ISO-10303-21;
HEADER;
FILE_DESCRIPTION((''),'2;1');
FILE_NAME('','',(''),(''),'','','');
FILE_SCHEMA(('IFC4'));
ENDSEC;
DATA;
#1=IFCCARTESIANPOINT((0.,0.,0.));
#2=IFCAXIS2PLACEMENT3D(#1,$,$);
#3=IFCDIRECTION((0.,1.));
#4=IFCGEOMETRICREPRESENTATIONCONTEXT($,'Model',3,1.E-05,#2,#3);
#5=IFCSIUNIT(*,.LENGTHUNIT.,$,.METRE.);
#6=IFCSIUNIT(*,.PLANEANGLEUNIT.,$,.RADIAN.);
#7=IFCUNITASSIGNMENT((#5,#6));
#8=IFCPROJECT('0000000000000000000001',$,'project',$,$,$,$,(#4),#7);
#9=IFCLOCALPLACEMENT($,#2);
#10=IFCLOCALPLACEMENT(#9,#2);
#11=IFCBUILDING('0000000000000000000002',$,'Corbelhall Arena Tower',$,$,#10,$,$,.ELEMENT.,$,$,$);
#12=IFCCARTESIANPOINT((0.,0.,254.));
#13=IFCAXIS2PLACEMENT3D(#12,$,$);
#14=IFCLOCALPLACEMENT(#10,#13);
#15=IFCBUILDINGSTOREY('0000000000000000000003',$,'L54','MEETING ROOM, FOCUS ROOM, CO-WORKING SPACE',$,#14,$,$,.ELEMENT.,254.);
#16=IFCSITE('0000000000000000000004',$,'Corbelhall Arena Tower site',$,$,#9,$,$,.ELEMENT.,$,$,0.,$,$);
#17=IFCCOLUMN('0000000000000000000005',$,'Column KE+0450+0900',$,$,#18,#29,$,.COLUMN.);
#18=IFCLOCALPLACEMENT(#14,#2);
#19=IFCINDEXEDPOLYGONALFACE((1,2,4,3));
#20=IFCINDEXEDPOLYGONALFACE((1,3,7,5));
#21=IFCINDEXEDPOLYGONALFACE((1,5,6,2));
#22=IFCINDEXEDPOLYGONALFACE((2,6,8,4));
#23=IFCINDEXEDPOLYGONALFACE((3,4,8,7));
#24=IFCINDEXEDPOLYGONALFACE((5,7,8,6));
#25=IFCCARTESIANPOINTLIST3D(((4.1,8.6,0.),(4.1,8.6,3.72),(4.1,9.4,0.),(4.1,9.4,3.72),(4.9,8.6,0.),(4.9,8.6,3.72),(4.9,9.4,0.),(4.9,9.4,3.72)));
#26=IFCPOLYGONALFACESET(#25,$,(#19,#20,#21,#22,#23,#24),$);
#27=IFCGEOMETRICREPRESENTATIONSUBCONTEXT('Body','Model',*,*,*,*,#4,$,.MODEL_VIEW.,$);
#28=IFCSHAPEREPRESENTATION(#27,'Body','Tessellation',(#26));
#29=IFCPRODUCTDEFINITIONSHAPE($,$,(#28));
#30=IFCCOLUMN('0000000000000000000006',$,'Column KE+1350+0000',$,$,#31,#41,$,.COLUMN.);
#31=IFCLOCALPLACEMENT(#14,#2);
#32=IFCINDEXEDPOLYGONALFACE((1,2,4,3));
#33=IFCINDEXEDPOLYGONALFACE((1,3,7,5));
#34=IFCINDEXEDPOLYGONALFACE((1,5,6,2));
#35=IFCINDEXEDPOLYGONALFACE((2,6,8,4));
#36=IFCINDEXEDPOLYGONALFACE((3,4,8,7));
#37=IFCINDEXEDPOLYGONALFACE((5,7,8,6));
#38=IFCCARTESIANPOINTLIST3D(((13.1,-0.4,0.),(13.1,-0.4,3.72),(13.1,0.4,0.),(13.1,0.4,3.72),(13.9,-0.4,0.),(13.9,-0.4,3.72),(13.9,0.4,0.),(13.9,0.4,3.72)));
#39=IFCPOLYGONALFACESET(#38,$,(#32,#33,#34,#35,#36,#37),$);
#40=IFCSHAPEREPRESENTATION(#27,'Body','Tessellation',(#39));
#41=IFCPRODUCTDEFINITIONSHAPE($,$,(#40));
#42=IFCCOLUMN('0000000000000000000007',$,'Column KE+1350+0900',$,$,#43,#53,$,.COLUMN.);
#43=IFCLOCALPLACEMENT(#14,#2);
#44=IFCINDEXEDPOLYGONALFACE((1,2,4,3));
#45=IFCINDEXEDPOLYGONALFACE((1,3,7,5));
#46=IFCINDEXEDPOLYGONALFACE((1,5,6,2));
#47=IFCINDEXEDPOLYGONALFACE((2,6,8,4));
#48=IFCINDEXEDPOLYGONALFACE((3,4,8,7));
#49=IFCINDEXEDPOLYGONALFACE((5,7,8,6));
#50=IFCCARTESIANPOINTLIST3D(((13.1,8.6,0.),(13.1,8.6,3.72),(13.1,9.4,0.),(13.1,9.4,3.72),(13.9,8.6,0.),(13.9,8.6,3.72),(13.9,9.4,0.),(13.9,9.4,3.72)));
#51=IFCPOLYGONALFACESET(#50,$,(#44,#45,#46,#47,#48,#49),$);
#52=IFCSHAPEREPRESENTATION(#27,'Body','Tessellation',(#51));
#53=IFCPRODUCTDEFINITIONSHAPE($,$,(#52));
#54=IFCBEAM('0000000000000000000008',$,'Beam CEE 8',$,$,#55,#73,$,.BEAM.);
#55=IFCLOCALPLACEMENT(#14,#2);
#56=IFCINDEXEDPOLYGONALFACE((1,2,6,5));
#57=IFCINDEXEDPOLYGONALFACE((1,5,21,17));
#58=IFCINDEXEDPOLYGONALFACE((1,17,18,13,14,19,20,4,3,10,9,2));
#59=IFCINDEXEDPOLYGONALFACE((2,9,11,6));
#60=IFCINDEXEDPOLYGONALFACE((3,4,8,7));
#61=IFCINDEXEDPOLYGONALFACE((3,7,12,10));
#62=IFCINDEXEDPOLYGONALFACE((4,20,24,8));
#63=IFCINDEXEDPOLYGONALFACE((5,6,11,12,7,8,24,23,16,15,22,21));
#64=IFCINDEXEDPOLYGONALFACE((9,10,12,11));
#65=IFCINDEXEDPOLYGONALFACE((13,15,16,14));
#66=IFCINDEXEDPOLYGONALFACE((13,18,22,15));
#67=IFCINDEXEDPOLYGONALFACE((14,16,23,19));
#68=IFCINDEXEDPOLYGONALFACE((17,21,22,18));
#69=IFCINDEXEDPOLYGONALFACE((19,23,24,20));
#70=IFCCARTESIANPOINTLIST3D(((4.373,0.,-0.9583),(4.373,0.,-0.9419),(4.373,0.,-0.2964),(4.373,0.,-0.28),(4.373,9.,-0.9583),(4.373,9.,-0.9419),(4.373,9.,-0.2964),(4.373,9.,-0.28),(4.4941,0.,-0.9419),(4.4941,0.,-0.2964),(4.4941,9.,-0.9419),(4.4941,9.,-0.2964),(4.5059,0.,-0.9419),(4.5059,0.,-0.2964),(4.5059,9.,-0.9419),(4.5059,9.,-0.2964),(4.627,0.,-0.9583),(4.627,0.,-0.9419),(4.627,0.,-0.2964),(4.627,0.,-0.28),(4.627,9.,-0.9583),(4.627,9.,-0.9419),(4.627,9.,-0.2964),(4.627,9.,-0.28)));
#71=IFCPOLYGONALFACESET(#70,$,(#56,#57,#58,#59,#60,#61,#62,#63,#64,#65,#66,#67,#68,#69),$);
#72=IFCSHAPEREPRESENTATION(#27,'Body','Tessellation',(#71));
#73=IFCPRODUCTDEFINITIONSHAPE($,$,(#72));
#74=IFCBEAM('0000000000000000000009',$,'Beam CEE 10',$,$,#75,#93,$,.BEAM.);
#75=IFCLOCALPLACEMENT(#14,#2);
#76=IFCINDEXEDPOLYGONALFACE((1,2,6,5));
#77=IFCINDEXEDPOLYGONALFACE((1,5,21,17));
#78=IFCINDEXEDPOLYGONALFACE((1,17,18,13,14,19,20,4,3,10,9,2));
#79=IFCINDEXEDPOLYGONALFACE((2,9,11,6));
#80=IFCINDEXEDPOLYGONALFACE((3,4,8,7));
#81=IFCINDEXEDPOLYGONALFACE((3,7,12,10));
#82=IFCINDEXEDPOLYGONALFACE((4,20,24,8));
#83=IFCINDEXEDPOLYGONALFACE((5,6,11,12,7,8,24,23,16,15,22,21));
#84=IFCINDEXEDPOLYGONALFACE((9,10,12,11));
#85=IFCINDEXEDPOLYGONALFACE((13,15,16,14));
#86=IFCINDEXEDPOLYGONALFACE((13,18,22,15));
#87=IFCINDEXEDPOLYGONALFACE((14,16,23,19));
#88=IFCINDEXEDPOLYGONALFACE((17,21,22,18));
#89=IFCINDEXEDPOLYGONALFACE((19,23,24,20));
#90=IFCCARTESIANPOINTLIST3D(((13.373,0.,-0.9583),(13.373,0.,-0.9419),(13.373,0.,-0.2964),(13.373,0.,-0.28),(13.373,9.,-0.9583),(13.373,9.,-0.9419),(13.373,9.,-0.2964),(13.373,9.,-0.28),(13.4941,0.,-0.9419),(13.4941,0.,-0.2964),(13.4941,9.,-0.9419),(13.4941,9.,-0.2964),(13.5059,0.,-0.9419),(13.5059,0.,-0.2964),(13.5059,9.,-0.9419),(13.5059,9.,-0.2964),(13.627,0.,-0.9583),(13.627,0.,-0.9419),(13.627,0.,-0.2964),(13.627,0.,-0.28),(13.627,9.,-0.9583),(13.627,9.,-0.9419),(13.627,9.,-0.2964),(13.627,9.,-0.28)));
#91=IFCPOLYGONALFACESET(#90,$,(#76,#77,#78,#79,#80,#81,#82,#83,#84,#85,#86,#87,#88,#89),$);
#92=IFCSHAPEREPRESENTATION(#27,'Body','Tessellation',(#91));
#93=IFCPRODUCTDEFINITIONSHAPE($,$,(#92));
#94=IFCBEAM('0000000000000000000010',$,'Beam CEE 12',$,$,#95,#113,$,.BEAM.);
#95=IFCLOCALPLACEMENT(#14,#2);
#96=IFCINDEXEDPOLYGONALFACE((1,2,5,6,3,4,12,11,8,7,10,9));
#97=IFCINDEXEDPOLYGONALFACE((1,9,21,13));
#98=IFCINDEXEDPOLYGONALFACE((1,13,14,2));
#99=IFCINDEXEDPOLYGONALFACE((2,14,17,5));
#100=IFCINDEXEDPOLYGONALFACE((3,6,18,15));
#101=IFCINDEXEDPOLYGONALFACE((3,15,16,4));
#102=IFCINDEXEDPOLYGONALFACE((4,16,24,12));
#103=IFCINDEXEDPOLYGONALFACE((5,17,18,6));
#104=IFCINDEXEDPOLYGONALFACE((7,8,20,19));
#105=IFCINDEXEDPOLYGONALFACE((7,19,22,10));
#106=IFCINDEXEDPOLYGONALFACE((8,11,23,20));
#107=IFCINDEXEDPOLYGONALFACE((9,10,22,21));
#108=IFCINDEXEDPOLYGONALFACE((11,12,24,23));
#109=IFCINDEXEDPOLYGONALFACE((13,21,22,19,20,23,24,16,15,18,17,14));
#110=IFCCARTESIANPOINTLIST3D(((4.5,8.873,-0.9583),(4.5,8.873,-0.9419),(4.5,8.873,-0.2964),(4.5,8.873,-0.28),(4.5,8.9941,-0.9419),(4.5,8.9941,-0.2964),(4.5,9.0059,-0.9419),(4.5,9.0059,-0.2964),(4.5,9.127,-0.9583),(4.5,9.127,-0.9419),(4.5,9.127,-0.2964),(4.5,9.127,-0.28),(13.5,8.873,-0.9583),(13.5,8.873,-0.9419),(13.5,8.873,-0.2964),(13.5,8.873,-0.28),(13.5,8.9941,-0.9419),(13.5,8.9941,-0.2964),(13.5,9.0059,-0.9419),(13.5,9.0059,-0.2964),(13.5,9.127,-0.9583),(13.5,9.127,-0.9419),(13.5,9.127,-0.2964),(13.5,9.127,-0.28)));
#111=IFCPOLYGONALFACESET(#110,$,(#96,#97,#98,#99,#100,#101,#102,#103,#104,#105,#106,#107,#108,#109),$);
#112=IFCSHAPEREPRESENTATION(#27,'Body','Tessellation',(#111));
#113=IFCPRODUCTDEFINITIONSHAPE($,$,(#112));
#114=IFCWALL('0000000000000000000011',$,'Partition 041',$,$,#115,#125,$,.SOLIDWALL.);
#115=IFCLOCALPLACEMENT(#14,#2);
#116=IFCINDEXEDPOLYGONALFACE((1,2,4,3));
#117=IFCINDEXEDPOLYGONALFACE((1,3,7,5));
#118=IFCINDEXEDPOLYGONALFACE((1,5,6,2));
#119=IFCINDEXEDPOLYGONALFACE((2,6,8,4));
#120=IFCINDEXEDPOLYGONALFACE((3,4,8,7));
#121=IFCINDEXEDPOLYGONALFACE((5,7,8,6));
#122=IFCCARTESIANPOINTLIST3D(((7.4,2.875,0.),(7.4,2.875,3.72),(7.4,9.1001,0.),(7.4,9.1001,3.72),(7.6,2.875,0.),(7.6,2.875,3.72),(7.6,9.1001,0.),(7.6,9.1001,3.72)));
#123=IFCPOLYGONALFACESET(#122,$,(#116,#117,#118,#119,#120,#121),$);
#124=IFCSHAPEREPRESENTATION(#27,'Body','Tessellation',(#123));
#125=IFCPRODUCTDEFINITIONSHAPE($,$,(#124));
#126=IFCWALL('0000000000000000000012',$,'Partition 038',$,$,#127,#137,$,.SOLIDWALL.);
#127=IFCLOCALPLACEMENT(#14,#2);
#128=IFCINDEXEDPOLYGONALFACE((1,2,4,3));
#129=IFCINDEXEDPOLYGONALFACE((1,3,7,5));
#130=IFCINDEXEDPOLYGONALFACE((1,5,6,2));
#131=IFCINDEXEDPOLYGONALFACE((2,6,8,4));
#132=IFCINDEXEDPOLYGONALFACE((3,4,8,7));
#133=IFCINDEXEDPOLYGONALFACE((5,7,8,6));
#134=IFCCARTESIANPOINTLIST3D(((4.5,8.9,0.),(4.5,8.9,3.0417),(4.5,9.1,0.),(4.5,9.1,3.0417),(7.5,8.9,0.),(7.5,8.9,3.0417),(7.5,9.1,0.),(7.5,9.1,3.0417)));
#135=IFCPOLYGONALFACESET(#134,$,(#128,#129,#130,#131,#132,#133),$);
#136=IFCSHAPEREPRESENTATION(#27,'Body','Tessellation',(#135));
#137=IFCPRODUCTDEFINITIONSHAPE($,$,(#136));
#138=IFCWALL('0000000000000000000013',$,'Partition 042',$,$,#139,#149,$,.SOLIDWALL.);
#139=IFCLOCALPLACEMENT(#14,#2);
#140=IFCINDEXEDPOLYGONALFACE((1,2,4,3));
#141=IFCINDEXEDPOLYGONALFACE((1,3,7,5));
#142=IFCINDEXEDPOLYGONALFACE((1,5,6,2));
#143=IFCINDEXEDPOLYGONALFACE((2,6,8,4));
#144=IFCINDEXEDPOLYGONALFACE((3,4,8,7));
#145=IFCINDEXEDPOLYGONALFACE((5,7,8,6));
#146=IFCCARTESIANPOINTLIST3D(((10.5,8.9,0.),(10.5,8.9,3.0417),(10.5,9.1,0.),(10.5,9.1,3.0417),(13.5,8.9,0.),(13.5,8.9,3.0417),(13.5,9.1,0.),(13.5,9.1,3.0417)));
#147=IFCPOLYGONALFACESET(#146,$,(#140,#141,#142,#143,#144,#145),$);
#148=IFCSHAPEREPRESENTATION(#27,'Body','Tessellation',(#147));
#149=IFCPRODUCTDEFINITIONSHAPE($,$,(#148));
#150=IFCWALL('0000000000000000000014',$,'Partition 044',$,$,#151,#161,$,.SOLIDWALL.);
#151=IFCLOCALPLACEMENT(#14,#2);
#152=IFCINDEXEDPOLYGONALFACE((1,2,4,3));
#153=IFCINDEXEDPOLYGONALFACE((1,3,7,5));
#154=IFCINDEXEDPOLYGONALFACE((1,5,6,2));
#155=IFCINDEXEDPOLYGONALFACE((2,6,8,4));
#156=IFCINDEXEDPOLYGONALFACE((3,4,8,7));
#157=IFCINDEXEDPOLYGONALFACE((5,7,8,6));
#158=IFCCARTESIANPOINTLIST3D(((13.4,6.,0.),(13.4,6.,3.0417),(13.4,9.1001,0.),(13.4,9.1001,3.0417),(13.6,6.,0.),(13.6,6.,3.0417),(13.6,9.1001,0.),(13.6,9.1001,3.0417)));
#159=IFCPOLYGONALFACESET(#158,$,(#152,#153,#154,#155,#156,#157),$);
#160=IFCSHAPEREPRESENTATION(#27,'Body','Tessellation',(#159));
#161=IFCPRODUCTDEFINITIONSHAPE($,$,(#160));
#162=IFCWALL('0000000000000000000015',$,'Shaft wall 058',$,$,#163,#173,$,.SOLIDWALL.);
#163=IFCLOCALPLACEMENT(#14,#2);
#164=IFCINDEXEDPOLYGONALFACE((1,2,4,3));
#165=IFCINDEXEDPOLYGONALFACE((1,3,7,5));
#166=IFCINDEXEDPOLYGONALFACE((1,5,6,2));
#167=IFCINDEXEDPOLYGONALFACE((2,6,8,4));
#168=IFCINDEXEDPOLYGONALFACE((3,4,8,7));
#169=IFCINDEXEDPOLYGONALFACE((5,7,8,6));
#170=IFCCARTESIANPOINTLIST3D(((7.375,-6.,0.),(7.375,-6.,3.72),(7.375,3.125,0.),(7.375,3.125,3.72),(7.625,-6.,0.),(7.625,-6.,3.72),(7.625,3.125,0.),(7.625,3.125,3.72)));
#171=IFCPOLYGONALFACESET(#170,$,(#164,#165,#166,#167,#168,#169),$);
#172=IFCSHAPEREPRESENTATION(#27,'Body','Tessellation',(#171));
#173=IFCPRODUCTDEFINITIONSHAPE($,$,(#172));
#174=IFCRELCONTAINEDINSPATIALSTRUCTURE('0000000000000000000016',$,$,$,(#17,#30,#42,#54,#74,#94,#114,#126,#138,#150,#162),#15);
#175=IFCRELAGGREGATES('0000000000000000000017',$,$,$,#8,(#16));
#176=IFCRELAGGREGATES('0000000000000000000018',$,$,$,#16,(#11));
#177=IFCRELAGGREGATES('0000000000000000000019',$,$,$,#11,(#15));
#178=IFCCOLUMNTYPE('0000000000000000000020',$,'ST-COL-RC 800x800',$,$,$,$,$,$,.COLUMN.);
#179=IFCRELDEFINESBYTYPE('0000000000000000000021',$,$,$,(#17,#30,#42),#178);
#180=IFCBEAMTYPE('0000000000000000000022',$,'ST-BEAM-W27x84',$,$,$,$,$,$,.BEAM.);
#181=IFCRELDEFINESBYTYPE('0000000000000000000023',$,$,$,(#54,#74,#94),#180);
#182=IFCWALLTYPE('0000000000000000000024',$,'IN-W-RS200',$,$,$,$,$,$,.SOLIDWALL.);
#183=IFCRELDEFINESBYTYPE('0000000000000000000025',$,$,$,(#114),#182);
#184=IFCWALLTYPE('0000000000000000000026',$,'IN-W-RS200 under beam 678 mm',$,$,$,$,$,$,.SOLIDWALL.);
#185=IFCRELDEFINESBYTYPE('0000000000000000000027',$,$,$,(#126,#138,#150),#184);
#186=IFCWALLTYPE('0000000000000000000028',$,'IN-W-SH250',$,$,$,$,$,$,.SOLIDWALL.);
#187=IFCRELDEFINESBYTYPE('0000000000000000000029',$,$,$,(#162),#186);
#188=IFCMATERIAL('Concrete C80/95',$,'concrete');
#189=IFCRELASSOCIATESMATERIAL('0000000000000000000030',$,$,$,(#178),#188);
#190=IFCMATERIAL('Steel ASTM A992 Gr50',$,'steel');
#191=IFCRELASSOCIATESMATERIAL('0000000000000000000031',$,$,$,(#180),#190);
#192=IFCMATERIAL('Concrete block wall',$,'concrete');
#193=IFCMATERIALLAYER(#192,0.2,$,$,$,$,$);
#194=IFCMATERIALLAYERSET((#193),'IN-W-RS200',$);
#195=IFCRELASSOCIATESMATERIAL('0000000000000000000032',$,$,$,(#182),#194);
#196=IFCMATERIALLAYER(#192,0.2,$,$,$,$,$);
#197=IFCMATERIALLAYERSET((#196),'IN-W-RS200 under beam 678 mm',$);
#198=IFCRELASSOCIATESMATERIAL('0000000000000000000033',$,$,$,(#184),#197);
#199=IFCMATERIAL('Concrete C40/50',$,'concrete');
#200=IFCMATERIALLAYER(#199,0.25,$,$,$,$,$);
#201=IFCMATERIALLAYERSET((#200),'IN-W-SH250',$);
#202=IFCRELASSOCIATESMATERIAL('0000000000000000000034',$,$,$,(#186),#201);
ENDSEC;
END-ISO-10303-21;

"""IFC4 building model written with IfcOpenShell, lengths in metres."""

from ifc_helpers import new_model, si_unit, direction, frame, frame_2d, origin, origin_2d, place, context, subcontext, project, spatial, rectangle, i_section, extrude, material, layer, layer_set, material_profile, profile_set, type_object, element, save


model = new_model("IFC4")

# Units and contexts
model_context = context("Model", 3, precision=1e-05, world=origin(), true_north=direction((0.0, 1.0)))
body_context = subcontext(model_context, "Body", "Model", "MODEL_VIEW")
ifc_project = project(units=[si_unit("LENGTHUNIT", "METRE"), si_unit("PLANEANGLEUNIT", "RADIAN")], contexts=[model_context])

# Site, building, storey
site_placement = place(None, origin())
site = spatial("IfcSite", under=ifc_project, at=site_placement, Name="Corbelhall Arena Tower site", CompositionType="ELEMENT", RefElevation=0.0)
building_placement = place(site_placement, origin())
building = spatial("IfcBuilding", under=site, at=building_placement, Name="Corbelhall Arena Tower", CompositionType="ELEMENT")
storey_placement = place(building_placement, frame((0.0, 0.0, 254.0)))
storey = spatial("IfcBuildingStorey", under=building, at=storey_placement, Name="L54", Description="MEETING ROOM, FOCUS ROOM, CO-WORKING SPACE", CompositionType="ELEMENT", Elevation=254.0)

# Columns
ifc_material_1 = material(Name="Concrete C80/95", Category="concrete")
ifc_material_profile_1 = material_profile(ifc_material_1, rectangle(XDim=0.8, YDim=0.8, at=origin_2d()))
ifc_profile_set_1 = profile_set([ifc_material_profile_1], Name="Concrete C80/95")
column_type = type_object("IfcColumnType", Name="ST-COL-RC 800x800", PredefinedType="COLUMN", material=ifc_profile_set_1)
for number, where, z_axis, x_axis, name in (
    (1, (4.5, 9.0, 0.0), (0.0, 0.0, 1.0), (1.0, 0.0, 0.0), "Column KE+0450+0900"),
    (2, (13.5, 0.0, 0.0), (0.0, 0.0, 1.0), (1.0, 0.0, 0.0), "Column KE+1350+0000"),
    (3, (13.5, 9.0, 0.0), (0.0, 0.0, 1.0), (1.0, 0.0, 0.0), "Column KE+1350+0900"),
):
    element("IfcColumn", number, at=place(storey_placement, frame(where, z_axis=z_axis, x_axis=x_axis)), inside=storey, type_object=column_type, Name=name, PredefinedType="COLUMN", context=body_context, shape_type="SweptSolid", body=[
        extrude(rectangle(XDim=0.8, YDim=0.8, at=origin_2d()), origin(), (0.0, 0.0, 1.0), 3.72),
    ])

# Beams
ifc_material_2 = material(Name="Steel ASTM A992 Gr50", Category="steel")
ifc_material_profile_2 = material_profile(ifc_material_2, i_section(OverallWidth=0.2539, OverallDepth=0.6782, WebThickness=0.0117, FlangeThickness=0.0164, at=origin_2d()))
ifc_profile_set_2 = profile_set([ifc_material_profile_2], Name="Steel ASTM A992 Gr50")
beam_type = type_object("IfcBeamType", Name="ST-BEAM-W27x84", PredefinedType="BEAM", material=ifc_profile_set_2)
for number, where, z_axis, x_axis, name in (
    (4, (4.5, 0.0, -0.6191), (0.0, 1.0, 0.0), (-1.0, 0.0, 0.0), "Beam CEE 8"),
    (5, (13.5, 0.0, -0.6191), (0.0, 1.0, 0.0), (-1.0, 0.0, 0.0), "Beam CEE 10"),
    (6, (4.5, 9.0, -0.6191), (1.0, 0.0, 0.0), (0.0, 1.0, 0.0), "Beam CEE 12"),
):
    element("IfcBeam", number, at=place(storey_placement, frame(where, z_axis=z_axis, x_axis=x_axis)), inside=storey, type_object=beam_type, Name=name, PredefinedType="BEAM", context=body_context, shape_type="SweptSolid", body=[
        extrude(i_section(OverallWidth=0.2539, OverallDepth=0.6782, WebThickness=0.0117, FlangeThickness=0.0164, at=origin_2d()), origin(), (0.0, 0.0, 1.0), 9.0),
    ])

# Wall
ifc_material_3 = material(Name="Concrete block wall", Category="concrete")
ifc_layer_1 = layer(ifc_material_3, 0.2)
ifc_layer_set_1 = layer_set([ifc_layer_1], Name="IN-W-RS200")
wall_type_1 = type_object("IfcWallType", Name="IN-W-RS200", PredefinedType="SOLIDWALL", material=ifc_layer_set_1)
wall_1_placement = place(storey_placement, frame((7.5, 9.1001, 0.0), z_axis=(0.0, 0.0, 1.0), x_axis=(0.0, -1.0, 0.0)))
element("IfcWall", 7, at=wall_1_placement, inside=storey, type_object=wall_type_1, Name="Partition 041", PredefinedType="SOLIDWALL", context=body_context, shape_type="SweptSolid", body=[
    extrude(rectangle(XDim=6.2251, YDim=0.2, at=frame_2d((3.1125, 0.0))), origin(), (0.0, 0.0, 1.0), 3.72),
])

# Shared definitions
ifc_layer_2 = layer(ifc_material_3, 0.2)
ifc_layer_set_2 = layer_set([ifc_layer_2], Name="IN-W-RS200 under beam 678 mm")
wall_type_2 = type_object("IfcWallType", Name="IN-W-RS200 under beam 678 mm", PredefinedType="SOLIDWALL", material=ifc_layer_set_2)

# Walls
for number, where, z_axis, x_axis, name in (
    (8, (4.5, 9.0, 0.0), (0.0, 0.0, 1.0), (1.0, 0.0, 0.0), "Partition 038"),
    (9, (10.5, 9.0, 0.0), (0.0, 0.0, 1.0), (1.0, 0.0, 0.0), "Partition 042"),
):
    element("IfcWall", number, at=place(storey_placement, frame(where, z_axis=z_axis, x_axis=x_axis)), inside=storey, type_object=wall_type_2, Name=name, PredefinedType="SOLIDWALL", context=body_context, shape_type="SweptSolid", body=[
        extrude(rectangle(XDim=3.0, YDim=0.2, at=frame_2d((1.5, 0.0))), origin(), (0.0, 0.0, 1.0), 3.0417),
    ])
wall_2_placement = place(storey_placement, frame((13.5, 9.1001, 0.0), z_axis=(0.0, 0.0, 1.0), x_axis=(0.0, -1.0, 0.0)))
element("IfcWall", 10, at=wall_2_placement, inside=storey, type_object=wall_type_2, Name="Partition 044", PredefinedType="SOLIDWALL", context=body_context, shape_type="SweptSolid", body=[
    extrude(rectangle(XDim=3.1001, YDim=0.2, at=frame_2d((1.55, 0.0))), origin(), (0.0, 0.0, 1.0), 3.0417),
])
ifc_material_4 = material(Name="Concrete C40/50", Category="concrete")
ifc_layer_3 = layer(ifc_material_4, 0.25)
ifc_layer_set_3 = layer_set([ifc_layer_3], Name="IN-W-SH250")
wall_type_3 = type_object("IfcWallType", Name="IN-W-SH250", PredefinedType="SOLIDWALL", material=ifc_layer_set_3)
wall_3_placement = place(storey_placement, frame((7.5, 3.125, 0.0), z_axis=(0.0, 0.0, 1.0), x_axis=(0.0, -1.0, 0.0)))
element("IfcWall", 11, at=wall_3_placement, inside=storey, type_object=wall_type_3, Name="Shaft wall 058", PredefinedType="SOLIDWALL", context=body_context, shape_type="SweptSolid", body=[
    extrude(rectangle(XDim=9.125, YDim=0.25, at=frame_2d((4.5625, 0.0))), origin(), (0.0, 0.0, 1.0), 3.72),
])

save(model, "model.ifc")
